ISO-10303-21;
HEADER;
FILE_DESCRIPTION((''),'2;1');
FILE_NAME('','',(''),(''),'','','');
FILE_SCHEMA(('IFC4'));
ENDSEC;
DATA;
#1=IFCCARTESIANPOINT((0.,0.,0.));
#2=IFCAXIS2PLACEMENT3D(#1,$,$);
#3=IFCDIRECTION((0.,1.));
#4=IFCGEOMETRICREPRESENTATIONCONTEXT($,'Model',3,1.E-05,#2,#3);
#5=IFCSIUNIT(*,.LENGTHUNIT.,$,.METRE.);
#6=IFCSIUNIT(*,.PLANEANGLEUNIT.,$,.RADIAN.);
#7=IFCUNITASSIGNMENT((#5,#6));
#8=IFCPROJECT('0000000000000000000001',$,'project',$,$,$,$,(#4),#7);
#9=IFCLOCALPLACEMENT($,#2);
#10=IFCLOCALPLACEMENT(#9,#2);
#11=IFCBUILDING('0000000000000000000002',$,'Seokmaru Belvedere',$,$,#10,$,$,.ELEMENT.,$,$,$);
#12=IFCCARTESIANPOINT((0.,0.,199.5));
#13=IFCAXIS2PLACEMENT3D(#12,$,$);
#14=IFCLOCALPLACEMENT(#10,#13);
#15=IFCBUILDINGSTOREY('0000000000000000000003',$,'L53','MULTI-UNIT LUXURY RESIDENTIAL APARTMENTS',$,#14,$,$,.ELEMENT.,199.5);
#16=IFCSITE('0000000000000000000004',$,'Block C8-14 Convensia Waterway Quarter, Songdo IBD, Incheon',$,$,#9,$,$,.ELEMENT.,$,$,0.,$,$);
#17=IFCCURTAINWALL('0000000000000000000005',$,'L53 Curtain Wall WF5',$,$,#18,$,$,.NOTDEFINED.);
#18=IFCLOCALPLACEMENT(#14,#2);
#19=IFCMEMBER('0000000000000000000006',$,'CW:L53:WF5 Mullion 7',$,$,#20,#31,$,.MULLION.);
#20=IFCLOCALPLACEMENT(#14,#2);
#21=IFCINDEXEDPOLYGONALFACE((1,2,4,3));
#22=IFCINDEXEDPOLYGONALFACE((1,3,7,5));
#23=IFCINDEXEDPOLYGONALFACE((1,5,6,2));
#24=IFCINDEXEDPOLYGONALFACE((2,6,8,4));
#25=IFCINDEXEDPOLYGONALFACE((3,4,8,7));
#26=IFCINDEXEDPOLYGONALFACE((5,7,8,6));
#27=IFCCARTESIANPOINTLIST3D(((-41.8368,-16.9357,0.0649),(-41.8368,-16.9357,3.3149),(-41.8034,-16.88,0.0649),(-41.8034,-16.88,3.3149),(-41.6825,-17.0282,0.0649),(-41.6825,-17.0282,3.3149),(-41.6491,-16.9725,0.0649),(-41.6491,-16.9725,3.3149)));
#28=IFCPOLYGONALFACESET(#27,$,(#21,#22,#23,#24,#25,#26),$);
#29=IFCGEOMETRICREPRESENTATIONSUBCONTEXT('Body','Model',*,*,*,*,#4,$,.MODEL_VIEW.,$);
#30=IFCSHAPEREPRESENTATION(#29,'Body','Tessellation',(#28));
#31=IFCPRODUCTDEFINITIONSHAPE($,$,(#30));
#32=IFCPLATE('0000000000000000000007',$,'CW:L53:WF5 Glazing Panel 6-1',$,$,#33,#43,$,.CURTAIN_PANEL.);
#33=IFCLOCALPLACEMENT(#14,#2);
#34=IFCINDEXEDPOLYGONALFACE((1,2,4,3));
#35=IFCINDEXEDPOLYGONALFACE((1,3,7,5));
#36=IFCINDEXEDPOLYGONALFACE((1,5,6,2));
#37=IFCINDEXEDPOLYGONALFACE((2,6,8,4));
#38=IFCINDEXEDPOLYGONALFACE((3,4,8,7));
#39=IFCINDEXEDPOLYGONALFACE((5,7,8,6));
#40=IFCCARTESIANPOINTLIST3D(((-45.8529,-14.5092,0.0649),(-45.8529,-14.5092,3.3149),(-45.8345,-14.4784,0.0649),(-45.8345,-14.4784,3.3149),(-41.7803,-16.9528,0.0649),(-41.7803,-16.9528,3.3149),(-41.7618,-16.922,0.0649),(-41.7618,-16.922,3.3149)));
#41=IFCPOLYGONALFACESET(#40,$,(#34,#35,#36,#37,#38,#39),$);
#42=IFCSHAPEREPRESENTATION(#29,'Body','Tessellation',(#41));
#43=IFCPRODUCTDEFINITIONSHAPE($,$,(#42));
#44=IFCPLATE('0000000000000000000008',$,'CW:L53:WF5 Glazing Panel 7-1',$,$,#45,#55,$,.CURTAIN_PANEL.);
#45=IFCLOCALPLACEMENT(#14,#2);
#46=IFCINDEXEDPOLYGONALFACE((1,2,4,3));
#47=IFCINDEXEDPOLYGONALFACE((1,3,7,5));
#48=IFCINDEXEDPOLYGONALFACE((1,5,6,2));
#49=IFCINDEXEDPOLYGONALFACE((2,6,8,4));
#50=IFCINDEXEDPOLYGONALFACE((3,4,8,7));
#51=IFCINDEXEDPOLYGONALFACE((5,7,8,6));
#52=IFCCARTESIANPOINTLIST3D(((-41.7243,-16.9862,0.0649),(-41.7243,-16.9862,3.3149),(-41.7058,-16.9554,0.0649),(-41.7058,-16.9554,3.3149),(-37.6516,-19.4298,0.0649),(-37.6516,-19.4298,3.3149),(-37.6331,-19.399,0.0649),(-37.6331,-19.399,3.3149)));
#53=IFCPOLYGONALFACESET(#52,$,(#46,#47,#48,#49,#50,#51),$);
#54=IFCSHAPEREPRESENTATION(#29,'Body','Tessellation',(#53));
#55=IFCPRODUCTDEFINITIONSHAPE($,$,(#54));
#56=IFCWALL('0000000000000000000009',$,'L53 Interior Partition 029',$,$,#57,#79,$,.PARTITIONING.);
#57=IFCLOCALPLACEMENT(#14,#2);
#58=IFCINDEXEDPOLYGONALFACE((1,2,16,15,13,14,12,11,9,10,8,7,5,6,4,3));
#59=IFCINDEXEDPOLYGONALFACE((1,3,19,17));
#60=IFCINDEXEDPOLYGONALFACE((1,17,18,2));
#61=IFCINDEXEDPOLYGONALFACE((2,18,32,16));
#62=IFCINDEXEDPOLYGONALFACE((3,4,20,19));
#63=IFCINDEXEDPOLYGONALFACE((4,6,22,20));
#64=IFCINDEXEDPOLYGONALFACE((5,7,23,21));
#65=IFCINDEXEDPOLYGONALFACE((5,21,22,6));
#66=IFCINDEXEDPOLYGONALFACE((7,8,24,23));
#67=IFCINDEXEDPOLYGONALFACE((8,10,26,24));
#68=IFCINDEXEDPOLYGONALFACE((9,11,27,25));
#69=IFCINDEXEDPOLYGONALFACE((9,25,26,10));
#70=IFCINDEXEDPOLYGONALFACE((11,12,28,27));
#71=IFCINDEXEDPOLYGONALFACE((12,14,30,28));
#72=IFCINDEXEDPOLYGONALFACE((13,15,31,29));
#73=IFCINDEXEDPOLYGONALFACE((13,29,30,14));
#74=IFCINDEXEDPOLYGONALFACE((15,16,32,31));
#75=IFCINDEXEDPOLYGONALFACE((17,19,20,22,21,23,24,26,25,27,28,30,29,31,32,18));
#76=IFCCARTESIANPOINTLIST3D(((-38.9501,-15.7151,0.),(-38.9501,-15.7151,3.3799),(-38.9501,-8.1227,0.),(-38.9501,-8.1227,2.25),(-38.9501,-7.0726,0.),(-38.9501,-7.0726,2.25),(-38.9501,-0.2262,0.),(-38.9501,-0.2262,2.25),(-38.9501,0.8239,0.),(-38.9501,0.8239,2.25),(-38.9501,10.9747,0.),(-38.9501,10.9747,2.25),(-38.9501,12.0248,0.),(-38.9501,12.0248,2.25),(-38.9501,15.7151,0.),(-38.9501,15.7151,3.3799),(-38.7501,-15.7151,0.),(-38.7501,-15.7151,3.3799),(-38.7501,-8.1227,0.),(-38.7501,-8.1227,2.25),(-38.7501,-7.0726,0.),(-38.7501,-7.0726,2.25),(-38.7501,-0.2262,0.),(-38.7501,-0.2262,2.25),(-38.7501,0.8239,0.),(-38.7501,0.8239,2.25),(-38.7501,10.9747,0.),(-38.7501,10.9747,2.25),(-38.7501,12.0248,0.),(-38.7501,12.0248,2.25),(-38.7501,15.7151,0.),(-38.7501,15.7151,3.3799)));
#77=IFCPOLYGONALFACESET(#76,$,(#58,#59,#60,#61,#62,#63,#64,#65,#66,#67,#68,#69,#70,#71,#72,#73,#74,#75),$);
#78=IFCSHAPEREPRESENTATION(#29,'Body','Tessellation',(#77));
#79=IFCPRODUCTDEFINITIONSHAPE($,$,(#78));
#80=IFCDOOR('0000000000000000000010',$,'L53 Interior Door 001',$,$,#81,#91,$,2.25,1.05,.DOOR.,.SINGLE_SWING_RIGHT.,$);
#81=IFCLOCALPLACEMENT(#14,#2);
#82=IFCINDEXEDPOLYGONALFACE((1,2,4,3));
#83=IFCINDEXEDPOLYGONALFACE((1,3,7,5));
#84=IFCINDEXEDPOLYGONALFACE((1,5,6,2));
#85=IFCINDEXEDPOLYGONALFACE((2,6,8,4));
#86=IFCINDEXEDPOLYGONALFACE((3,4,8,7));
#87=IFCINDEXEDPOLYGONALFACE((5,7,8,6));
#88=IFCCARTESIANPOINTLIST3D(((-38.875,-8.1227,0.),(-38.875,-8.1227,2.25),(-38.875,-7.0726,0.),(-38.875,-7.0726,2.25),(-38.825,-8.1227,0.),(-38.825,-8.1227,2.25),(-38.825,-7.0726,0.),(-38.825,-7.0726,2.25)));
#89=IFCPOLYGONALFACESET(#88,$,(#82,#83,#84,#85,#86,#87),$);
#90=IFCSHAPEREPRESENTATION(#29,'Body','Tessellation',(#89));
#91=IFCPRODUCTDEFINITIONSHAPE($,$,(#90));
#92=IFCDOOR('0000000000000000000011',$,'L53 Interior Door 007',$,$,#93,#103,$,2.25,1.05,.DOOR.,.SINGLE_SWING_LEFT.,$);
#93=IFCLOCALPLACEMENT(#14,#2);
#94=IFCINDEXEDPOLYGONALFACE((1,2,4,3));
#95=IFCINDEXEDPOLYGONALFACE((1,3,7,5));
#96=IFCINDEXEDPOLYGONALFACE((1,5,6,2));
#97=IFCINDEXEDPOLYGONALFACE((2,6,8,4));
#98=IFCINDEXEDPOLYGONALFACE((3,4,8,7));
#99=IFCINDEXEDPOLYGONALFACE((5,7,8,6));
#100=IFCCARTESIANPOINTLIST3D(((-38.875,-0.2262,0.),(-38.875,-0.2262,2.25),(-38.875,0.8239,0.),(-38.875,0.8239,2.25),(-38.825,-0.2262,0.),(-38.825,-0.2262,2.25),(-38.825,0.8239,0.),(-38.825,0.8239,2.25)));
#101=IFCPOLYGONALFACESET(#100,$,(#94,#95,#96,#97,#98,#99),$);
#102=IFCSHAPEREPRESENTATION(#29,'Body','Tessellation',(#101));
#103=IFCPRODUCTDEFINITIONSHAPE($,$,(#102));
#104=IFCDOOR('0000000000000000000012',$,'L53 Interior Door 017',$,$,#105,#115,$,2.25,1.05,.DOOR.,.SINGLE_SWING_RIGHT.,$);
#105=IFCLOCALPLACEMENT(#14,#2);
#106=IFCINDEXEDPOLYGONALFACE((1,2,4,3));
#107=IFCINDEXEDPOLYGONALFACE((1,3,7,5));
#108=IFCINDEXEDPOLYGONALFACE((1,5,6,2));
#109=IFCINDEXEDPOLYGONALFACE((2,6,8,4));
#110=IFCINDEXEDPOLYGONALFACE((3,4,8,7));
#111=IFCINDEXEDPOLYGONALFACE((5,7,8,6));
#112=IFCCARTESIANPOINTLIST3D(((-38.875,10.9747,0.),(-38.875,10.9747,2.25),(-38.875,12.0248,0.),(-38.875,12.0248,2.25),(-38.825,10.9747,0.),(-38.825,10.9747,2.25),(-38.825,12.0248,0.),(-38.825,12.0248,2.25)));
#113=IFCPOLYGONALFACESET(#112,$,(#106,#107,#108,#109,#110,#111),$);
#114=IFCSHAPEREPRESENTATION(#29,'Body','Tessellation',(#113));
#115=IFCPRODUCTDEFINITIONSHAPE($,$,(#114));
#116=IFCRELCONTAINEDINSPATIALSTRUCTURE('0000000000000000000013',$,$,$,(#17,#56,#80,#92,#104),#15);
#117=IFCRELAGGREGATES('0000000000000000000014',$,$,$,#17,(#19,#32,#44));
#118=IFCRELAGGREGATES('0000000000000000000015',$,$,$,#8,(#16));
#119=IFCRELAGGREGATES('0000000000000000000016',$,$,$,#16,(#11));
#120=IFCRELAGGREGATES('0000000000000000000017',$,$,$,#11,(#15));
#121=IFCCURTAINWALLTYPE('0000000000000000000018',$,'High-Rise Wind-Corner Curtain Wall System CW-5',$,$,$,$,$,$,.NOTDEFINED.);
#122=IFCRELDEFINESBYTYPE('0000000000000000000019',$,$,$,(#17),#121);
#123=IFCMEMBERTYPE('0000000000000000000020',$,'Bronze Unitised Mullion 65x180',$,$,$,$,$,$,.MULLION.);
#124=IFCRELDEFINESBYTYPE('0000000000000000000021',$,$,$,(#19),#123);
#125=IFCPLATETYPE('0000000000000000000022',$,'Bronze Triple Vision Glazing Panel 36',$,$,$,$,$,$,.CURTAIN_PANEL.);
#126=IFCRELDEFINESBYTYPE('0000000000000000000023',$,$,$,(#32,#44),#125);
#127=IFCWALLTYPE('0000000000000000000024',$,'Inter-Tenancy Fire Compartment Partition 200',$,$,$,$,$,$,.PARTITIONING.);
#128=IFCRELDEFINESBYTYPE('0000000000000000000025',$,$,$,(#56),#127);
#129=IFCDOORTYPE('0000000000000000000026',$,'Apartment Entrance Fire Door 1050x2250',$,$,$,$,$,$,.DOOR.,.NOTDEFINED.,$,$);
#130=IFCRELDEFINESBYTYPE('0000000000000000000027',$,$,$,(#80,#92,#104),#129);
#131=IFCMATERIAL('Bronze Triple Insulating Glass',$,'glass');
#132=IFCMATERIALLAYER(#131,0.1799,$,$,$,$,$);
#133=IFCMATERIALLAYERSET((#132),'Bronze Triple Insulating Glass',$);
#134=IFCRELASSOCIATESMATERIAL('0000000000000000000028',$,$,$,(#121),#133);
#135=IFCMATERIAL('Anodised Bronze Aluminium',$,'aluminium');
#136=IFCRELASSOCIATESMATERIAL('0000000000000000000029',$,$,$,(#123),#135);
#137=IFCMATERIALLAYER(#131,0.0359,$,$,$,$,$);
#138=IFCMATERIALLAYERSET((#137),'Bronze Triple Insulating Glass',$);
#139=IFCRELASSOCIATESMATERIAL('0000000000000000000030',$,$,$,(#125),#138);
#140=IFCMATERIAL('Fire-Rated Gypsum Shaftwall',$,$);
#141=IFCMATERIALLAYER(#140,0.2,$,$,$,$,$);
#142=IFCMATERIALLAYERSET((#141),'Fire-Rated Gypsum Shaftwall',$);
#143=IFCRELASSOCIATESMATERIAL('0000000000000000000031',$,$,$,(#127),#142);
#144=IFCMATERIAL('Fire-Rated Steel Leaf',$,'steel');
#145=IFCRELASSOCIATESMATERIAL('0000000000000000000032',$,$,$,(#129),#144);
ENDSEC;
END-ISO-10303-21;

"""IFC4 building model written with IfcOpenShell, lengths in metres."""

from ifc_helpers import new_model, si_unit, direction, frame, frame_2d, origin, origin_2d, place, context, subcontext, project, spatial, rectangle, extrude, source, transform, mapped, material, layer, layer_set, material_profile, profile_set, type_object, type_shapes, element, fill, aggregate, save


model = new_model("IFC4")

# Units and contexts
model_context = context("Model", 3, precision=1e-05, world=origin(), true_north=direction((0.0, 1.0)))
body_context = subcontext(model_context, "Body", "Model", "MODEL_VIEW")
ifc_project = project(units=[si_unit("LENGTHUNIT", "METRE"), si_unit("PLANEANGLEUNIT", "RADIAN")], contexts=[model_context])

# Site, building, storey
site_placement = place(None, origin())
site = spatial("IfcSite", under=ifc_project, at=site_placement, Name="Block C8-14 Convensia Waterway Quarter, Songdo IBD, Incheon", CompositionType="ELEMENT", RefElevation=0.0)
building_placement = place(site_placement, origin())
building = spatial("IfcBuilding", under=site, at=building_placement, Name="Seokmaru Belvedere", CompositionType="ELEMENT")
storey_placement = place(building_placement, frame((0.0, 0.0, 199.5)))
storey = spatial("IfcBuildingStorey", under=building, at=storey_placement, Name="L53", Description="MULTI-UNIT LUXURY RESIDENTIAL APARTMENTS", CompositionType="ELEMENT", Elevation=199.5)

# Curtain wall, member, plates
ifc_material_1 = material(Name="Bronze Triple Insulating Glass", Category="glass")
ifc_layer_1 = layer(ifc_material_1, 0.1799)
ifc_layer_set_1 = layer_set([ifc_layer_1], Name="Bronze Triple Insulating Glass")
curtain_wall_type = type_object("IfcCurtainWallType", Name="High-Rise Wind-Corner Curtain Wall System CW-5", PredefinedType="NOTDEFINED", material=ifc_layer_set_1)
curtain_wall_placement = place(storey_placement, origin())
curtain_wall = element("IfcCurtainWall", 1, at=curtain_wall_placement, inside=storey, type_object=curtain_wall_type, Name="L53 Curtain Wall WF5", PredefinedType="NOTDEFINED")
ifc_material_2 = material(Name="Anodised Bronze Aluminium", Category="aluminium")
ifc_material_profile_1 = material_profile(ifc_material_2, rectangle(XDim=0.0649, YDim=0.1799, at=origin_2d()), Name="CW-M-65x180")
ifc_profile_set_1 = profile_set([ifc_material_profile_1], Name="Anodised Bronze Aluminium")
member_type = type_object("IfcMemberType", Name="Bronze Unitised Mullion 65x180", PredefinedType="MULLION", material=ifc_profile_set_1)
shared_shape_1 = source(origin(), body_context, "Body", "SweptSolid", [
    extrude(rectangle(XDim=0.0649, YDim=0.1799, at=origin_2d()), origin(), (0.0, 0.0, 1.0), 3.25),
])
type_shapes(member_type, [shared_shape_1])
member_placement = place(storey_placement, frame((-41.7429, -16.9541, 0.0649), z_axis=(0.0, 0.0, 1.0), x_axis=(0.514495, 0.857493, 0.0)))
member = element("IfcMember", 2, at=member_placement, type_object=member_type, Name="CW:L53:WF5 Mullion 7", PredefinedType="MULLION", context=body_context, shape_type="MappedRepresentation", body=[
    mapped(shared_shape_1, transform((0.0, 0.0, 0.0), scale=1.0)),
])
ifc_layer_2 = layer(ifc_material_1, 0.0359)
ifc_layer_set_2 = layer_set([ifc_layer_2], Name="Bronze Triple Insulating Glass")
plate_type = type_object("IfcPlateType", Name="Bronze Triple Vision Glazing Panel 36", PredefinedType="CURTAIN_PANEL", material=ifc_layer_set_2)
shared_shape_2 = source(origin(), body_context, "Body", "SweptSolid", [
    extrude(rectangle(XDim=4.7495, YDim=0.0359, at=origin_2d()), origin(), (0.0, 0.0, 1.0), 3.25),
])
type_shapes(plate_type, [shared_shape_2])
plate_1_placement = place(storey_placement, frame((-43.8074, -15.7156, 0.0649), z_axis=(0.0, 0.0, 1.0), x_axis=(0.857493, -0.514495, 0.0)))
plate_1 = element("IfcPlate", 3, at=plate_1_placement, type_object=plate_type, Name="CW:L53:WF5 Glazing Panel 6-1", PredefinedType="CURTAIN_PANEL", context=body_context, shape_type="MappedRepresentation", body=[
    mapped(shared_shape_2, transform((0.0, 0.0, 0.0), scale=1.0)),
])
plate_2_placement = place(storey_placement, frame((-39.6787, -18.1926, 0.0649), z_axis=(0.0, 0.0, 1.0), x_axis=(0.857493, -0.514495, 0.0)))
plate_2 = element("IfcPlate", 4, at=plate_2_placement, type_object=plate_type, Name="CW:L53:WF5 Glazing Panel 7-1", PredefinedType="CURTAIN_PANEL", context=body_context, shape_type="MappedRepresentation", body=[
    mapped(shared_shape_2, transform((0.0, 0.0, 0.0), scale=1.0)),
])
aggregate(curtain_wall, [member, plate_1, plate_2])

# Shared definitions
ifc_material_3 = material(Name="Fire-Rated Gypsum Shaftwall")

# Wall, openings, doors
ifc_layer_3 = layer(ifc_material_3, 0.2)
ifc_layer_set_3 = layer_set([ifc_layer_3], Name="Fire-Rated Gypsum Shaftwall")
wall_type_1 = type_object("IfcWallType", Name="Inter-Tenancy Fire Compartment Partition 200", PredefinedType="PARTITIONING", material=ifc_layer_set_3)
wall_1_placement = place(storey_placement, frame((-38.8501, -15.7151, 0.0), z_axis=(0.0, 0.0, 1.0), x_axis=(0.0, 1.0, 0.0)))
wall_1 = element("IfcWall", 5, at=wall_1_placement, inside=storey, type_object=wall_type_1, Name="L53 Interior Partition 029", PredefinedType="PARTITIONING", context=body_context, shape_type="SweptSolid", body=[
    extrude(rectangle(XDim=31.4302, YDim=0.2, at=frame_2d((15.7151, 0.0))), origin(), (0.0, 0.0, 1.0), 3.3799),
])
opening_1_placement = place(wall_1_placement, frame((7.5925, 0.0, 0.0)))
opening_1 = element("IfcOpeningElement", 6, at=opening_1_placement, cuts=wall_1, PredefinedType="OPENING", context=body_context, shape_type="SweptSolid", body=[
    extrude(rectangle(XDim=1.05, YDim=2.25, at=frame_2d((0.5249, 1.125))), frame((0.0, 0.1099, 0.0), z_axis=(0.0, -1.0, 0.0), x_axis=(1.0, 0.0, 0.0)), (0.0, 0.0, 1.0), 0.22),
])
opening_2_placement = place(wall_1_placement, frame((15.489, 0.0, 0.0)))
opening_2 = element("IfcOpeningElement", 7, at=opening_2_placement, cuts=wall_1, PredefinedType="OPENING", context=body_context, shape_type="SweptSolid", body=[
    extrude(rectangle(XDim=1.05, YDim=2.25, at=frame_2d((0.5249, 1.125))), frame((0.0, 0.1099, 0.0), z_axis=(0.0, -1.0, 0.0), x_axis=(1.0, 0.0, 0.0)), (0.0, 0.0, 1.0), 0.22),
])
opening_3_placement = place(wall_1_placement, frame((26.6899, 0.0, 0.0)))
opening_3 = element("IfcOpeningElement", 8, at=opening_3_placement, cuts=wall_1, PredefinedType="OPENING", context=body_context, shape_type="SweptSolid", body=[
    extrude(rectangle(XDim=1.05, YDim=2.25, at=frame_2d((0.5249, 1.125))), frame((0.0, 0.1099, 0.0), z_axis=(0.0, -1.0, 0.0), x_axis=(1.0, 0.0, 0.0)), (0.0, 0.0, 1.0), 0.22),
])
ifc_material_4 = material(Name="Fire-Rated Steel Leaf", Category="steel")
door_type_1 = type_object("IfcDoorType", Name="Apartment Entrance Fire Door 1050x2250", OperationType="NOTDEFINED", PredefinedType="DOOR", material=ifc_material_4)
shared_shape_3 = source(origin(), body_context, "Body", "SweptSolid", [
    extrude(rectangle(XDim=1.05, YDim=2.25, at=frame_2d((0.5249, 1.125))), frame((0.0, 0.0249, 0.0), z_axis=(0.0, -1.0, 0.0), x_axis=(1.0, 0.0, 0.0)), (0.0, 0.0, 1.0), 0.05),
])
type_shapes(door_type_1, [shared_shape_3])
door_1_placement = place(opening_1_placement, origin())
door_1 = element("IfcDoor", 9, at=door_1_placement, inside=storey, type_object=door_type_1, Name="L53 Interior Door 001", OperationType="SINGLE_SWING_RIGHT", OverallHeight=2.25, OverallWidth=1.05, PredefinedType="DOOR", context=body_context, shape_type="MappedRepresentation", body=[
    mapped(shared_shape_3, transform((0.0, 0.0, 0.0), scale=1.0)),
])
fill(opening_1, door_1)
door_2_placement = place(opening_2_placement, origin())
door_2 = element("IfcDoor", 10, at=door_2_placement, inside=storey, type_object=door_type_1, Name="L53 Interior Door 007", OperationType="SINGLE_SWING_LEFT", OverallHeight=2.25, OverallWidth=1.05, PredefinedType="DOOR", context=body_context, shape_type="MappedRepresentation", body=[
    mapped(shared_shape_3, transform((0.0, 0.0, 0.0), scale=1.0)),
])
fill(opening_2, door_2)
door_3_placement = place(opening_3_placement, origin())
door_3 = element("IfcDoor", 11, at=door_3_placement, inside=storey, type_object=door_type_1, Name="L53 Interior Door 017", OperationType="SINGLE_SWING_RIGHT", OverallHeight=2.25, OverallWidth=1.05, PredefinedType="DOOR", context=body_context, shape_type="MappedRepresentation", body=[
    mapped(shared_shape_3, transform((0.0, 0.0, 0.0), scale=1.0)),
])
fill(opening_3, door_3)

save(model, "model.ifc")
